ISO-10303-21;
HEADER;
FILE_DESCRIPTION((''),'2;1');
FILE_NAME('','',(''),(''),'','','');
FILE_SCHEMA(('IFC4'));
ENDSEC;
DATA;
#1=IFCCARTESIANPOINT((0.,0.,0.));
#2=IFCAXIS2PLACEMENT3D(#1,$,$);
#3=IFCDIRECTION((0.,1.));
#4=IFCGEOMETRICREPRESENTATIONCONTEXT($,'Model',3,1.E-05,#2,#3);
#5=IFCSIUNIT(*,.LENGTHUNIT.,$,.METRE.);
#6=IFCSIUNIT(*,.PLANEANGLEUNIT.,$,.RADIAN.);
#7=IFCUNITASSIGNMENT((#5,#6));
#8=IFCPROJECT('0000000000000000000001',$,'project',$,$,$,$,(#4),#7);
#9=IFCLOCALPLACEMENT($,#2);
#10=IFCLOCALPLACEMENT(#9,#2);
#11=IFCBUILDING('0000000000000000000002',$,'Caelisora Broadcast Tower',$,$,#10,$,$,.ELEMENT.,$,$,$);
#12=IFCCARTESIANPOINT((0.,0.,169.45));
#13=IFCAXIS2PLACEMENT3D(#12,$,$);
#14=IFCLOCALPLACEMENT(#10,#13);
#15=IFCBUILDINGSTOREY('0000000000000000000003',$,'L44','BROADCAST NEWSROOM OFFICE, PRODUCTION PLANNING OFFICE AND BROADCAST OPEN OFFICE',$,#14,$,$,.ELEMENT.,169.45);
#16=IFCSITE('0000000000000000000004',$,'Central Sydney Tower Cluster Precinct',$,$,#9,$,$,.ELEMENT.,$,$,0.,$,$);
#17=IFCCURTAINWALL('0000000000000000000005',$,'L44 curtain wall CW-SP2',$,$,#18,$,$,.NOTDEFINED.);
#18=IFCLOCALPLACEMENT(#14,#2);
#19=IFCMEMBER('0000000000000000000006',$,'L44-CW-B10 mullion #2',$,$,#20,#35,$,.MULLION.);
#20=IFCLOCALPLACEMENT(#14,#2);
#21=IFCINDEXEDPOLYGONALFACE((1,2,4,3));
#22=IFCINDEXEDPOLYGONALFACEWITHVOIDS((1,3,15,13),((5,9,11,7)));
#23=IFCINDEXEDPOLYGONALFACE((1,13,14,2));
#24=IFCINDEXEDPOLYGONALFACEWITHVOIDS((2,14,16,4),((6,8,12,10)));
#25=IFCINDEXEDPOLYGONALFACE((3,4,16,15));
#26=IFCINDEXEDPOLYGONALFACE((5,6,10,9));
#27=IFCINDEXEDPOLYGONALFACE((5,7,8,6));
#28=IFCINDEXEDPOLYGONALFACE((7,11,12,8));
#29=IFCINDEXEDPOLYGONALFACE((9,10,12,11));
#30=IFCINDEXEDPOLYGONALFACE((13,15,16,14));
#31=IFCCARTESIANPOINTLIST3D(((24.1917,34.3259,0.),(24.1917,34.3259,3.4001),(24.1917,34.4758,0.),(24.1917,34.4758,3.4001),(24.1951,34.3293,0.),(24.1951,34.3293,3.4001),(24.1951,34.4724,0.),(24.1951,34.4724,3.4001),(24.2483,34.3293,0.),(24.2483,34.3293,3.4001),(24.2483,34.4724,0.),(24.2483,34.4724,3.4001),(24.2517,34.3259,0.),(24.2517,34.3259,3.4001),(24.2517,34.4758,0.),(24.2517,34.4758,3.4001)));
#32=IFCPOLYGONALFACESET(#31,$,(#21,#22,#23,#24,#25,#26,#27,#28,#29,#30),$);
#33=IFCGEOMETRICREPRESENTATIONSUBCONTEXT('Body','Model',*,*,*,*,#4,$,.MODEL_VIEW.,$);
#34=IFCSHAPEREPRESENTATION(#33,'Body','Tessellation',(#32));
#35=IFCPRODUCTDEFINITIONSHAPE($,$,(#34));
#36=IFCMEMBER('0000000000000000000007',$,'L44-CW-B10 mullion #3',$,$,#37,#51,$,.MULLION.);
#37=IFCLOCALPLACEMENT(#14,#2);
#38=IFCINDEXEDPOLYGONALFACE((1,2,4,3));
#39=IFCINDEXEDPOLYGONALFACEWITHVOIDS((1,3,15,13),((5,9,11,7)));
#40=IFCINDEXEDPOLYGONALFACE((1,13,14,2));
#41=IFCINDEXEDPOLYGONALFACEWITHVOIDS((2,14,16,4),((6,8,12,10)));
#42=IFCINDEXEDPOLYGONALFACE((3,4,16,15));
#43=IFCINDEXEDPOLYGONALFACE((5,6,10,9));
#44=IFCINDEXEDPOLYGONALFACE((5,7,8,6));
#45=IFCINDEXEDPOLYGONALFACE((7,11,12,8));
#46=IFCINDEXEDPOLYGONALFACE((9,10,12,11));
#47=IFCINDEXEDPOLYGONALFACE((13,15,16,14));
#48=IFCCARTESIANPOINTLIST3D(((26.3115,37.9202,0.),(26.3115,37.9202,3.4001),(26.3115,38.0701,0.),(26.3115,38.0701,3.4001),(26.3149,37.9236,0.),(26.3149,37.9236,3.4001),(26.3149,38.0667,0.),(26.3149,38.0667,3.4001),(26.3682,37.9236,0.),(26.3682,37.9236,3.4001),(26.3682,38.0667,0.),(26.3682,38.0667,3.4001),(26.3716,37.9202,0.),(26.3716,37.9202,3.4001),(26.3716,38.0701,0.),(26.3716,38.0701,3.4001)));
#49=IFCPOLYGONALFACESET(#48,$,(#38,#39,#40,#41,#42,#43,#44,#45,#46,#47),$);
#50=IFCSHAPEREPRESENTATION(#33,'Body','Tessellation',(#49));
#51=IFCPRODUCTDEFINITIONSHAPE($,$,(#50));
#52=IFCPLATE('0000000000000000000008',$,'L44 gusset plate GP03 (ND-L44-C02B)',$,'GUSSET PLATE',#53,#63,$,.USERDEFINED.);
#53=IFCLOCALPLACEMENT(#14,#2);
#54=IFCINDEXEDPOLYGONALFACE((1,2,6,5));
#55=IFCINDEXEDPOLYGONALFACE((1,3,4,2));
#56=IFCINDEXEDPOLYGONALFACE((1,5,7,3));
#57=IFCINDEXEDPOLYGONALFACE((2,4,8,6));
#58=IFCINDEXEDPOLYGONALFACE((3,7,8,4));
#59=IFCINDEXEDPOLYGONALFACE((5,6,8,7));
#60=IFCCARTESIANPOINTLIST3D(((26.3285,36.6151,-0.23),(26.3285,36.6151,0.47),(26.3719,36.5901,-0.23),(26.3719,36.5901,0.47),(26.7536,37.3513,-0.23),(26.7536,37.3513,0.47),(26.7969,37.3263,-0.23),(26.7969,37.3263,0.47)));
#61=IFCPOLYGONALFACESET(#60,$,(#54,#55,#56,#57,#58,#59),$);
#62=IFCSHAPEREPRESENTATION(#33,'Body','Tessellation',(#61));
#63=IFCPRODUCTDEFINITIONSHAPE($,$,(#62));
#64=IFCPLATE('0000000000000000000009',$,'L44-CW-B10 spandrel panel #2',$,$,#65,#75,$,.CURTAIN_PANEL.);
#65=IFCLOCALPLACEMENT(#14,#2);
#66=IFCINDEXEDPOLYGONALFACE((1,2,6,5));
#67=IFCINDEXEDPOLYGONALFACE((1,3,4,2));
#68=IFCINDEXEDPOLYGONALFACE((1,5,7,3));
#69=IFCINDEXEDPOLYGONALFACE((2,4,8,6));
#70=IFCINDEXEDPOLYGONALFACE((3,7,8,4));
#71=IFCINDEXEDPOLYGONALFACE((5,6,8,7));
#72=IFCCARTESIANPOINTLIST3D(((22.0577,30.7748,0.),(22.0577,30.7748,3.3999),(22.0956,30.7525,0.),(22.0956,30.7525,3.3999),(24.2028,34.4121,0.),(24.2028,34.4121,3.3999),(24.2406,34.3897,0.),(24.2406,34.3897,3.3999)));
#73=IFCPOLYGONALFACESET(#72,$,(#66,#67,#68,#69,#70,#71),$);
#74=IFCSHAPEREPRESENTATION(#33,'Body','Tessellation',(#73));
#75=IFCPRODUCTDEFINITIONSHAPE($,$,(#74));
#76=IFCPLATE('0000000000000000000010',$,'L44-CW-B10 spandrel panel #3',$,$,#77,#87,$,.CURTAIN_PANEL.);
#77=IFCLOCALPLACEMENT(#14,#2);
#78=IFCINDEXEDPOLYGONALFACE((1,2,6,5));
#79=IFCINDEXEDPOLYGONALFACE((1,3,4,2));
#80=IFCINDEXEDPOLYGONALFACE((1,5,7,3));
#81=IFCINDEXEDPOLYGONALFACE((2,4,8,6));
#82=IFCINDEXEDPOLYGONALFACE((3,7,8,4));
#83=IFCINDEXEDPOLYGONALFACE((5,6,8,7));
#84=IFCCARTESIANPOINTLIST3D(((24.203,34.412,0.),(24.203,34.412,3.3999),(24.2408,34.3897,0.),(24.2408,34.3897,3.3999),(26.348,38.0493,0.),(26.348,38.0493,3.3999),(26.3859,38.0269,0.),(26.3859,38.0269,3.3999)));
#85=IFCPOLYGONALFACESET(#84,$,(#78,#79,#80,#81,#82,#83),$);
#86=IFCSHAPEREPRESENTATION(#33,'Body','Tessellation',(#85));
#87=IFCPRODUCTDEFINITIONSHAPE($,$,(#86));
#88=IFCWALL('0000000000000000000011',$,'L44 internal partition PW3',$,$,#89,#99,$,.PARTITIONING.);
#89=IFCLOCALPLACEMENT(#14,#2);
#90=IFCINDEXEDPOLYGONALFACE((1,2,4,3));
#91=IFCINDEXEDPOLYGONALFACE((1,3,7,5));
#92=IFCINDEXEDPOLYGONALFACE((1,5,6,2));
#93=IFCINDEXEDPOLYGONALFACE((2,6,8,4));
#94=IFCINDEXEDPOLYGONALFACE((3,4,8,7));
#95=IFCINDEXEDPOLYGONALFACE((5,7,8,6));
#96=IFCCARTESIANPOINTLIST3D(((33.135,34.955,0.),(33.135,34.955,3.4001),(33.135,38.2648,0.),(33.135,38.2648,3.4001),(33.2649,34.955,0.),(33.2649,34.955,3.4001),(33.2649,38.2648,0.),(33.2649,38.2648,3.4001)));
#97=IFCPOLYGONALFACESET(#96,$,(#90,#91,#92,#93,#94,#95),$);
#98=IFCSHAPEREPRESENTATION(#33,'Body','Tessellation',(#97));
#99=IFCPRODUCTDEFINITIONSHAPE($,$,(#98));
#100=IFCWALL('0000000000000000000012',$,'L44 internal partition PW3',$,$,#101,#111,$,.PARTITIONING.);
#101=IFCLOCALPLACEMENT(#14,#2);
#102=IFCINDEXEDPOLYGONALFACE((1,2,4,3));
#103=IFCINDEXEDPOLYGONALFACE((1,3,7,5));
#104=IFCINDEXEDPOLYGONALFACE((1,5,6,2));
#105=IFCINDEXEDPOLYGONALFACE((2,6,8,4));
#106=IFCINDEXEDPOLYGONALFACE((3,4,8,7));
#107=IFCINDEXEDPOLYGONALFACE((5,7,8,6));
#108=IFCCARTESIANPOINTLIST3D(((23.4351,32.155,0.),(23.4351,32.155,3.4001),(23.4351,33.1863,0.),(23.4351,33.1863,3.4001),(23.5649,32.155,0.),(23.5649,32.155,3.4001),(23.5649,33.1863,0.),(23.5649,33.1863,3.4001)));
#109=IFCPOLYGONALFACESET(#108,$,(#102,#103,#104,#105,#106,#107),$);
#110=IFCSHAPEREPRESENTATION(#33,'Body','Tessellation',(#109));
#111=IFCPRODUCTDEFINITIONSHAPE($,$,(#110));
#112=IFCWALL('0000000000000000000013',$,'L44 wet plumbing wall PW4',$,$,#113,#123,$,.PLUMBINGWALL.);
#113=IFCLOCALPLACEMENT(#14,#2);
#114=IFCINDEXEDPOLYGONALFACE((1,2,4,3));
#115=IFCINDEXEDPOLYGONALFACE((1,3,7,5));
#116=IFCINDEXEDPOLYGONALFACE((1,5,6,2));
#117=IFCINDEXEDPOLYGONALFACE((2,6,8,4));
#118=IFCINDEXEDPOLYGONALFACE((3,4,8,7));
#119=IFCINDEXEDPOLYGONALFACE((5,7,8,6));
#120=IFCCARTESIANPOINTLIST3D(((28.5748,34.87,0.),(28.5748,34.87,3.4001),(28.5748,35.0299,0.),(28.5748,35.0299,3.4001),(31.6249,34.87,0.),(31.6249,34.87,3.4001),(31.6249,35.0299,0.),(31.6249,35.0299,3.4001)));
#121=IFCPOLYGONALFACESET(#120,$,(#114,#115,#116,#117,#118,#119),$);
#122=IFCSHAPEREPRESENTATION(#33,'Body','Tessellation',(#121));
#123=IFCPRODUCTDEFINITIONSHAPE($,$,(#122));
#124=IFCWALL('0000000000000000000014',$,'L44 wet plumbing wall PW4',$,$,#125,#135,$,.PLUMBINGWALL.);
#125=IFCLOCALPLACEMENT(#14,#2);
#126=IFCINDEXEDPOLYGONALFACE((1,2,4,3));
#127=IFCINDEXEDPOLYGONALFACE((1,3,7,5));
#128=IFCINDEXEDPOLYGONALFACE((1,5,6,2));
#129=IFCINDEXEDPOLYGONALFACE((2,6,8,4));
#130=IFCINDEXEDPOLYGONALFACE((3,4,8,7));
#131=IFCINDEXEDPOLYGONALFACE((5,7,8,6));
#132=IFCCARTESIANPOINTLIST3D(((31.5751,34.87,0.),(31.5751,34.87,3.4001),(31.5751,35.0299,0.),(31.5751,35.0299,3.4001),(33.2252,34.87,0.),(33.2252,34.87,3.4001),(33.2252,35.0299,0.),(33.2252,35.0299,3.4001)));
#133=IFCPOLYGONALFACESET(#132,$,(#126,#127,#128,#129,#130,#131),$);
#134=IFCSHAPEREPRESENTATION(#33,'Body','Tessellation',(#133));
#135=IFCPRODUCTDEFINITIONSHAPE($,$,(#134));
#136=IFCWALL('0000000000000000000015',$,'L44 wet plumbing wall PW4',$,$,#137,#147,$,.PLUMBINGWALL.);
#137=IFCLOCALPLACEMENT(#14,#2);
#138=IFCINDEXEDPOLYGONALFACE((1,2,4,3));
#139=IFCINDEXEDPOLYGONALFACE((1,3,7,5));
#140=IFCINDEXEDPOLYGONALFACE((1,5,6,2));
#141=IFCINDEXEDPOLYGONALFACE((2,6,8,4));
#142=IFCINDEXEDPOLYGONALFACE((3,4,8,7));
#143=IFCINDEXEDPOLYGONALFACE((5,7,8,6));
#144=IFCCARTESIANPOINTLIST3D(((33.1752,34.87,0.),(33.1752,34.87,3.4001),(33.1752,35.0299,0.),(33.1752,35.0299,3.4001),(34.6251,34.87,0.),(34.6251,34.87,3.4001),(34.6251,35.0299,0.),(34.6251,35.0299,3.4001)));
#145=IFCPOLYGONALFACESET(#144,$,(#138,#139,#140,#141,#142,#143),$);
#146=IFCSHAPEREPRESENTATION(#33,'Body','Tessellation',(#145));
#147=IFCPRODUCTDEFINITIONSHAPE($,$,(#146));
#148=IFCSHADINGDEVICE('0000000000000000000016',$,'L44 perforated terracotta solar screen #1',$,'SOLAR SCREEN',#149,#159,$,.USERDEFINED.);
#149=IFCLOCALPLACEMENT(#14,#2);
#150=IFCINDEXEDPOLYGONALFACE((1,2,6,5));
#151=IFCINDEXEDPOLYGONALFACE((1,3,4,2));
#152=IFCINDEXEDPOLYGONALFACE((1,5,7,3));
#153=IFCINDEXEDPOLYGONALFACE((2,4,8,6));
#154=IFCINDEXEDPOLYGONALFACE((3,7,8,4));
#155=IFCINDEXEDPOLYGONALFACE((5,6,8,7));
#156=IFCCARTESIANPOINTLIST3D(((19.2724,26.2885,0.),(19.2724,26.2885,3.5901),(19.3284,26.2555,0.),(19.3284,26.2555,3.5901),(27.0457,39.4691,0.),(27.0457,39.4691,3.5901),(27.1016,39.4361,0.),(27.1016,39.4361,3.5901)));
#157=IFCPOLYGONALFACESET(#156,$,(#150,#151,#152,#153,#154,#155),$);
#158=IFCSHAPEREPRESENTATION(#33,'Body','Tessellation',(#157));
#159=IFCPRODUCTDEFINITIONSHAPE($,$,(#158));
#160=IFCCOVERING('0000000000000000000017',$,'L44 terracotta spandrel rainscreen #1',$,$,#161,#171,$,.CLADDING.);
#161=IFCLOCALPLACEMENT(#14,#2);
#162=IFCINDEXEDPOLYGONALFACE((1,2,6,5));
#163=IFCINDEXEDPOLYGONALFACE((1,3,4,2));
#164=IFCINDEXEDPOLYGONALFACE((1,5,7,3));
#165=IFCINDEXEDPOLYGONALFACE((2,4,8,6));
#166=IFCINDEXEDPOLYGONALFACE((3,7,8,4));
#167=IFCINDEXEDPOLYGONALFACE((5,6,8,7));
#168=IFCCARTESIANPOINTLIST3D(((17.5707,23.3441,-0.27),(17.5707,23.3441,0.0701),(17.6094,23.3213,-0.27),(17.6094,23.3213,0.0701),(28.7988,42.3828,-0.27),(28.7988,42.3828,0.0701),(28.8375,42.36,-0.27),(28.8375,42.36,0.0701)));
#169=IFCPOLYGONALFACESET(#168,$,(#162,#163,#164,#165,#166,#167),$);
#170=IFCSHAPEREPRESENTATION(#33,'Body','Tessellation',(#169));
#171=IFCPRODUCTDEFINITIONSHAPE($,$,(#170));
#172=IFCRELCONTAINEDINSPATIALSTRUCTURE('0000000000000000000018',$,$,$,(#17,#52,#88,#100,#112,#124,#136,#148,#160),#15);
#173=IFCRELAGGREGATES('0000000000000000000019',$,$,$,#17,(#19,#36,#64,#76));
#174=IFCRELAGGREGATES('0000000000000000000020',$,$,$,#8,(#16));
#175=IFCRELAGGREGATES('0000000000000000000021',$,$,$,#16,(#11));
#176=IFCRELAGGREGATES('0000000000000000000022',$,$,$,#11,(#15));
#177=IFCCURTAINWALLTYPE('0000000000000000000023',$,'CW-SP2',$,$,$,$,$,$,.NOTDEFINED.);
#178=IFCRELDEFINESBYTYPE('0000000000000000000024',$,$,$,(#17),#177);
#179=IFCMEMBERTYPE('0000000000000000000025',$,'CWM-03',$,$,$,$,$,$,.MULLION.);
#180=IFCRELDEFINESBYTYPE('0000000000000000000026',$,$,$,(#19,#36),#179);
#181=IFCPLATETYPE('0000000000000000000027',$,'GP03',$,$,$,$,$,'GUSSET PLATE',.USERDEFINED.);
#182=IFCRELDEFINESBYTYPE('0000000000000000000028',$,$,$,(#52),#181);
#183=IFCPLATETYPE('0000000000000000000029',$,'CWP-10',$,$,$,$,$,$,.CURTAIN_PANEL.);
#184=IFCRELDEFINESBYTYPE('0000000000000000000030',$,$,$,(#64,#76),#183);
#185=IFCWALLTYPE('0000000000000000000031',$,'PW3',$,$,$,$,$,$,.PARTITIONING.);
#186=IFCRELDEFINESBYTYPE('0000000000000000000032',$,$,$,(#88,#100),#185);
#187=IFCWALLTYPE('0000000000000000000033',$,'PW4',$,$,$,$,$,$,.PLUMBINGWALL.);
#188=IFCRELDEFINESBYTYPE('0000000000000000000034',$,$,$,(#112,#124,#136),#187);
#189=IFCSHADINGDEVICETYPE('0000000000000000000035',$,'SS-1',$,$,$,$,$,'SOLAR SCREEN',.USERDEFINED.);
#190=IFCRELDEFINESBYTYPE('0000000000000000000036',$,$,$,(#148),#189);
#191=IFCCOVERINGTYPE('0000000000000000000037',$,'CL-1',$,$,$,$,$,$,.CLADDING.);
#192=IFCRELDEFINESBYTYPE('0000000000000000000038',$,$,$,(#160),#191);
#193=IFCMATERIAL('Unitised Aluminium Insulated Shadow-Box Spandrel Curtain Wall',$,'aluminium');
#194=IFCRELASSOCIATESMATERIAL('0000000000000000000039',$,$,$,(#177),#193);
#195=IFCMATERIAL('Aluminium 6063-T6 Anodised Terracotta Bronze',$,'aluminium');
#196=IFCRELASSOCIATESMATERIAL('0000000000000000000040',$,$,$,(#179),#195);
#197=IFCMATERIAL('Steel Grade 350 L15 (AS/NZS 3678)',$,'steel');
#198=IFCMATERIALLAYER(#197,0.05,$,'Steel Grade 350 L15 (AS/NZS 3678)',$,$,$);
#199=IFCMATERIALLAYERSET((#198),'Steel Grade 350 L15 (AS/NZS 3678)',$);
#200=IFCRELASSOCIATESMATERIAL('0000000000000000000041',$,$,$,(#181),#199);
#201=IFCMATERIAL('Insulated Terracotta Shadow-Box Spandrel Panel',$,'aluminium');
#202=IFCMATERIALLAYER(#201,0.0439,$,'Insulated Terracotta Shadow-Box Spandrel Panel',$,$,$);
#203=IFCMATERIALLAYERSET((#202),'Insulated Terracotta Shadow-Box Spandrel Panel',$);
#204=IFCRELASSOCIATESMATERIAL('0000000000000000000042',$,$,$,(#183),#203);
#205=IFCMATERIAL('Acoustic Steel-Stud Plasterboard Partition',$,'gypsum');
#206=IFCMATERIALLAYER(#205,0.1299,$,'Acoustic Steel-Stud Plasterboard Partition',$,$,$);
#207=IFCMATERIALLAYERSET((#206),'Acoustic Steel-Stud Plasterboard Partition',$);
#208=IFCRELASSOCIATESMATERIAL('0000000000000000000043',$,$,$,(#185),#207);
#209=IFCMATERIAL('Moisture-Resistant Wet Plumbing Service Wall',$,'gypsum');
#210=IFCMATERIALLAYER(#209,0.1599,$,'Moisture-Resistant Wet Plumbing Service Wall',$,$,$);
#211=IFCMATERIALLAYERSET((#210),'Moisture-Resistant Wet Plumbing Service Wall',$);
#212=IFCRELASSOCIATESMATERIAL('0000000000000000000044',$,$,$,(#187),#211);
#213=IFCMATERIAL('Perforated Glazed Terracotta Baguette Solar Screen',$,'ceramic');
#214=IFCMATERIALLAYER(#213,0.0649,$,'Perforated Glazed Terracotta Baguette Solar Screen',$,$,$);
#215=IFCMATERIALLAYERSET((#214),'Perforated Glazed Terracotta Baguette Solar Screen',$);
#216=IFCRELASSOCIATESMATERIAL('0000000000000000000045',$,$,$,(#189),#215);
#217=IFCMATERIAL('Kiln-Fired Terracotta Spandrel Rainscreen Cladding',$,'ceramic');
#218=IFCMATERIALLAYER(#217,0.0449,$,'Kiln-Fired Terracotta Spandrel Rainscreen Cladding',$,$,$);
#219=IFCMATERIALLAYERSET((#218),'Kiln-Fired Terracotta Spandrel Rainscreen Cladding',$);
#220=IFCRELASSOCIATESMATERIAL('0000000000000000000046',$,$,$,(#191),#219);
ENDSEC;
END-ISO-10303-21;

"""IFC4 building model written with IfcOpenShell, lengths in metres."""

from ifc_helpers import new_model, si_unit, direction, frame, frame_2d, origin, origin_2d, place, context, subcontext, project, spatial, rectangle, hollow_rectangle, extrude, source, transform, mapped, material, layer, layer_set, material_profile, profile_set, type_object, type_shapes, element, aggregate, save


model = new_model("IFC4")

# Units and contexts
model_context = context("Model", 3, precision=1e-05, world=origin(), true_north=direction((0.0, 1.0)))
body_context = subcontext(model_context, "Body", "Model", "MODEL_VIEW")
ifc_project = project(units=[si_unit("LENGTHUNIT", "METRE"), si_unit("PLANEANGLEUNIT", "RADIAN")], contexts=[model_context])

# Site, building, storey
site_placement = place(None, origin())
site = spatial("IfcSite", under=ifc_project, at=site_placement, Name="Central Sydney Tower Cluster Precinct", CompositionType="ELEMENT", RefElevation=0.0)
building_placement = place(site_placement, origin())
building = spatial("IfcBuilding", under=site, at=building_placement, Name="Caelisora Broadcast Tower", CompositionType="ELEMENT")
storey_placement = place(building_placement, frame((0.0, 0.0, 169.45)))
storey = spatial("IfcBuildingStorey", under=building, at=storey_placement, Name="L44", Description="BROADCAST NEWSROOM OFFICE, PRODUCTION PLANNING OFFICE AND BROADCAST OPEN OFFICE", CompositionType="ELEMENT", Elevation=169.45)

# Shared definitions
ifc_material_1 = material(Name="Steel Grade 350 L15 (AS/NZS 3678)", Category="steel")

# Curtain wall, members
ifc_material_2 = material(Name="Unitised Aluminium Insulated Shadow-Box Spandrel Curtain Wall", Category="aluminium")
curtain_wall_type = type_object("IfcCurtainWallType", Name="CW-SP2", PredefinedType="NOTDEFINED", material=ifc_material_2)
curtain_wall_placement = place(storey_placement, origin())
curtain_wall = element("IfcCurtainWall", 1, at=curtain_wall_placement, inside=storey, type_object=curtain_wall_type, Name="L44 curtain wall CW-SP2", PredefinedType="NOTDEFINED")
ifc_material_3 = material(Name="Aluminium 6063-T6 Anodised Terracotta Bronze", Category="aluminium")
ifc_material_profile_1 = material_profile(ifc_material_3, hollow_rectangle(XDim=0.0601, YDim=0.1499, WallThickness=0.0034, at=origin_2d()), Name="Aluminium 6063-T6 Anodised Terracotta Bronze")
ifc_profile_set_1 = profile_set([ifc_material_profile_1], Name="Aluminium 6063-T6 Anodised Terracotta Bronze")
member_type_1 = type_object("IfcMemberType", Name="CWM-03", PredefinedType="MULLION", material=ifc_profile_set_1)
shared_shape_1 = source(origin(), body_context, "Body", "SweptSolid", [
    extrude(hollow_rectangle(XDim=0.0601, YDim=0.1499, WallThickness=0.0034, at=origin_2d()), origin(), (0.0, 0.0, 1.0), 3.4001),
])
type_shapes(member_type_1, [shared_shape_1])
member_1_placement = place(storey_placement, frame((24.2217, 34.4009, 0.0), z_axis=(0.0, 0.0, 1.0), x_axis=(1.0, 0.0, 0.0)))
member_1 = element("IfcMember", 2, at=member_1_placement, type_object=member_type_1, Name="L44-CW-B10 mullion #2", PredefinedType="MULLION", context=body_context, shape_type="MappedRepresentation", body=[
    mapped(shared_shape_1, transform((0.0, 0.0, 0.0), scale=1.0)),
])
member_2_placement = place(storey_placement, frame((26.3416, 37.9951, 0.0), z_axis=(0.0, 0.0, 1.0), x_axis=(1.0, 0.0, 0.0)))
member_2 = element("IfcMember", 3, at=member_2_placement, type_object=member_type_1, Name="L44-CW-B10 mullion #3", PredefinedType="MULLION", context=body_context, shape_type="MappedRepresentation", body=[
    mapped(shared_shape_1, transform((0.0, 0.0, 0.0), scale=1.0)),
])

# Plates
ifc_layer_1 = layer(ifc_material_1, 0.05, Name="Steel Grade 350 L15 (AS/NZS 3678)")
ifc_layer_set_1 = layer_set([ifc_layer_1], Name="Steel Grade 350 L15 (AS/NZS 3678)")
plate_type_1 = type_object("IfcPlateType", Name="GP03", ElementType="GUSSET PLATE", PredefinedType="USERDEFINED", material=ifc_layer_set_1)
shared_shape_2 = source(origin(), body_context, "Body", "SweptSolid", [
    extrude(rectangle(XDim=0.8501, YDim=0.05, at=origin_2d()), origin(), (0.0, 0.0, 1.0), 0.7),
])
type_shapes(plate_type_1, [shared_shape_2])
plate_1_placement = place(storey_placement, frame((26.5627, 36.9707, -0.23), z_axis=(0.0, 0.0, 1.0), x_axis=(-0.5, -0.866025, 0.0)))
element("IfcPlate", 4, at=plate_1_placement, inside=storey, type_object=plate_type_1, Name="L44 gusset plate GP03 (ND-L44-C02B)", ObjectType="GUSSET PLATE", PredefinedType="USERDEFINED", context=body_context, shape_type="MappedRepresentation", body=[
    mapped(shared_shape_2, transform((0.0, 0.0, 0.0), scale=1.0)),
])
ifc_material_4 = material(Name="Insulated Terracotta Shadow-Box Spandrel Panel", Category="aluminium")
ifc_layer_2 = layer(ifc_material_4, 0.0439, Name="Insulated Terracotta Shadow-Box Spandrel Panel")
ifc_layer_set_2 = layer_set([ifc_layer_2], Name="Insulated Terracotta Shadow-Box Spandrel Panel")
plate_type_2 = type_object("IfcPlateType", Name="CWP-10", PredefinedType="CURTAIN_PANEL", material=ifc_layer_set_2)
shared_shape_3 = source(origin(), body_context, "Body", "SweptSolid", [
    extrude(rectangle(XDim=4.2227, YDim=0.0439, at=origin_2d()), origin(), (0.0, 0.0, 1.0), 3.3999),
])
type_shapes(plate_type_2, [shared_shape_3])
plate_2_placement = place(storey_placement, frame((23.1492, 32.5823, 0.0), z_axis=(0.0, 0.0, 1.0), x_axis=(0.507989, 0.861363, 0.0)))
plate_2 = element("IfcPlate", 5, at=plate_2_placement, type_object=plate_type_2, Name="L44-CW-B10 spandrel panel #2", PredefinedType="CURTAIN_PANEL", context=body_context, shape_type="MappedRepresentation", body=[
    mapped(shared_shape_3, transform((0.0, 0.0, 0.0), scale=1.0)),
])
plate_3_placement = place(storey_placement, frame((25.2944, 36.2195, 0.0), z_axis=(0.0, 0.0, 1.0), x_axis=(0.507989, 0.861363, 0.0)))
plate_3 = element("IfcPlate", 6, at=plate_3_placement, type_object=plate_type_2, Name="L44-CW-B10 spandrel panel #3", PredefinedType="CURTAIN_PANEL", context=body_context, shape_type="MappedRepresentation", body=[
    mapped(shared_shape_3, transform((0.0, 0.0, 0.0), scale=1.0)),
])
aggregate(curtain_wall, [member_1, member_2, plate_2, plate_3])

# Walls
ifc_material_5 = material(Name="Acoustic Steel-Stud Plasterboard Partition", Category="gypsum")
ifc_layer_3 = layer(ifc_material_5, 0.1299, Name="Acoustic Steel-Stud Plasterboard Partition")
ifc_layer_set_3 = layer_set([ifc_layer_3], Name="Acoustic Steel-Stud Plasterboard Partition")
wall_type_1 = type_object("IfcWallType", Name="PW3", PredefinedType="PARTITIONING", material=ifc_layer_set_3)
wall_1_placement = place(storey_placement, frame((33.2, 34.9551, 0.0), z_axis=(0.0, 0.0, 1.0), x_axis=(0.0, 1.0, 0.0)))
element("IfcWall", 7, at=wall_1_placement, inside=storey, type_object=wall_type_1, Name="L44 internal partition PW3", PredefinedType="PARTITIONING", context=body_context, shape_type="SweptSolid", body=[
    extrude(rectangle(XDim=3.3098, YDim=0.1299, at=frame_2d((1.6548, 0.0))), origin(), (0.0, 0.0, 1.0), 3.4001),
])
wall_2_placement = place(storey_placement, frame((23.5, 32.155, 0.0), z_axis=(0.0, 0.0, 1.0), x_axis=(0.0, 1.0, 0.0)))
element("IfcWall", 8, at=wall_2_placement, inside=storey, type_object=wall_type_1, Name="L44 internal partition PW3", PredefinedType="PARTITIONING", context=body_context, shape_type="SweptSolid", body=[
    extrude(rectangle(XDim=1.0312, YDim=0.1299, at=frame_2d((0.5156, 0.0))), origin(), (0.0, 0.0, 1.0), 3.4001),
])
ifc_material_6 = material(Name="Moisture-Resistant Wet Plumbing Service Wall", Category="gypsum")
ifc_layer_4 = layer(ifc_material_6, 0.1599, Name="Moisture-Resistant Wet Plumbing Service Wall")
ifc_layer_set_4 = layer_set([ifc_layer_4], Name="Moisture-Resistant Wet Plumbing Service Wall")
wall_type_2 = type_object("IfcWallType", Name="PW4", PredefinedType="PLUMBINGWALL", material=ifc_layer_set_4)
wall_3_placement = place(storey_placement, frame((28.575, 34.95, 0.0), z_axis=(0.0, 0.0, 1.0), x_axis=(1.0, 0.0, 0.0)))
element("IfcWall", 9, at=wall_3_placement, inside=storey, type_object=wall_type_2, Name="L44 wet plumbing wall PW4", PredefinedType="PLUMBINGWALL", context=body_context, shape_type="SweptSolid", body=[
    extrude(rectangle(XDim=3.05, YDim=0.1599, at=frame_2d((1.5249, 0.0))), origin(), (0.0, 0.0, 1.0), 3.4001),
])
wall_4_placement = place(storey_placement, frame((31.575, 34.95, 0.0), z_axis=(0.0, 0.0, 1.0), x_axis=(1.0, 0.0, 0.0)))
element("IfcWall", 10, at=wall_4_placement, inside=storey, type_object=wall_type_2, Name="L44 wet plumbing wall PW4", PredefinedType="PLUMBINGWALL", context=body_context, shape_type="SweptSolid", body=[
    extrude(rectangle(XDim=1.6501, YDim=0.1599, at=frame_2d((0.8252, 0.0))), origin(), (0.0, 0.0, 1.0), 3.4001),
])
wall_5_placement = place(storey_placement, frame((33.175, 34.95, 0.0), z_axis=(0.0, 0.0, 1.0), x_axis=(1.0, 0.0, 0.0)))
element("IfcWall", 11, at=wall_5_placement, inside=storey, type_object=wall_type_2, Name="L44 wet plumbing wall PW4", PredefinedType="PLUMBINGWALL", context=body_context, shape_type="SweptSolid", body=[
    extrude(rectangle(XDim=1.45, YDim=0.1599, at=frame_2d((0.7251, 0.0))), origin(), (0.0, 0.0, 1.0), 3.4001),
])

# Shading device
ifc_material_7 = material(Name="Perforated Glazed Terracotta Baguette Solar Screen", Category="ceramic")
ifc_layer_5 = layer(ifc_material_7, 0.0649, Name="Perforated Glazed Terracotta Baguette Solar Screen")
ifc_layer_set_5 = layer_set([ifc_layer_5], Name="Perforated Glazed Terracotta Baguette Solar Screen")
shading_device_type = type_object("IfcShadingDeviceType", Name="SS-1", ElementType="SOLAR SCREEN", PredefinedType="USERDEFINED", material=ifc_layer_set_5)
shared_shape_4 = source(origin(), body_context, "Body", "SweptSolid", [
    extrude(rectangle(XDim=15.302, YDim=0.0649, at=origin_2d()), origin(), (0.0, 0.0, 1.0), 3.5901),
])
type_shapes(shading_device_type, [shared_shape_4])
shading_device_placement = place(storey_placement, frame((23.187, 32.8623, 0.0), z_axis=(0.0, 0.0, 1.0), x_axis=(-0.507989, -0.861363, 0.0)))
element("IfcShadingDevice", 12, at=shading_device_placement, inside=storey, type_object=shading_device_type, Name="L44 perforated terracotta solar screen #1", ObjectType="SOLAR SCREEN", PredefinedType="USERDEFINED", context=body_context, shape_type="MappedRepresentation", body=[
    mapped(shared_shape_4, transform((0.0, 0.0, 0.0), scale=1.0)),
])

# Covering
ifc_material_8 = material(Name="Kiln-Fired Terracotta Spandrel Rainscreen Cladding", Category="ceramic")
ifc_layer_6 = layer(ifc_material_8, 0.0449, Name="Kiln-Fired Terracotta Spandrel Rainscreen Cladding")
ifc_layer_set_6 = layer_set([ifc_layer_6], Name="Kiln-Fired Terracotta Spandrel Rainscreen Cladding")
covering_type = type_object("IfcCoveringType", Name="CL-1", PredefinedType="CLADDING", material=ifc_layer_set_6)
shared_shape_5 = source(origin(), body_context, "Body", "SweptSolid", [
    extrude(rectangle(XDim=22.103, YDim=0.0449, at=origin_2d()), origin(), (0.0, 0.0, 1.0), 0.3401),
])
type_shapes(covering_type, [shared_shape_5])
covering_placement = place(storey_placement, frame((23.2041, 32.8521, -0.27), z_axis=(0.0, 0.0, 1.0), x_axis=(-0.507989, -0.861363, 0.0)))
element("IfcCovering", 13, at=covering_placement, inside=storey, type_object=covering_type, Name="L44 terracotta spandrel rainscreen #1", PredefinedType="CLADDING", context=body_context, shape_type="MappedRepresentation", body=[
    mapped(shared_shape_5, transform((0.0, 0.0, 0.0), scale=1.0)),
])

save(model, "model.ifc")
